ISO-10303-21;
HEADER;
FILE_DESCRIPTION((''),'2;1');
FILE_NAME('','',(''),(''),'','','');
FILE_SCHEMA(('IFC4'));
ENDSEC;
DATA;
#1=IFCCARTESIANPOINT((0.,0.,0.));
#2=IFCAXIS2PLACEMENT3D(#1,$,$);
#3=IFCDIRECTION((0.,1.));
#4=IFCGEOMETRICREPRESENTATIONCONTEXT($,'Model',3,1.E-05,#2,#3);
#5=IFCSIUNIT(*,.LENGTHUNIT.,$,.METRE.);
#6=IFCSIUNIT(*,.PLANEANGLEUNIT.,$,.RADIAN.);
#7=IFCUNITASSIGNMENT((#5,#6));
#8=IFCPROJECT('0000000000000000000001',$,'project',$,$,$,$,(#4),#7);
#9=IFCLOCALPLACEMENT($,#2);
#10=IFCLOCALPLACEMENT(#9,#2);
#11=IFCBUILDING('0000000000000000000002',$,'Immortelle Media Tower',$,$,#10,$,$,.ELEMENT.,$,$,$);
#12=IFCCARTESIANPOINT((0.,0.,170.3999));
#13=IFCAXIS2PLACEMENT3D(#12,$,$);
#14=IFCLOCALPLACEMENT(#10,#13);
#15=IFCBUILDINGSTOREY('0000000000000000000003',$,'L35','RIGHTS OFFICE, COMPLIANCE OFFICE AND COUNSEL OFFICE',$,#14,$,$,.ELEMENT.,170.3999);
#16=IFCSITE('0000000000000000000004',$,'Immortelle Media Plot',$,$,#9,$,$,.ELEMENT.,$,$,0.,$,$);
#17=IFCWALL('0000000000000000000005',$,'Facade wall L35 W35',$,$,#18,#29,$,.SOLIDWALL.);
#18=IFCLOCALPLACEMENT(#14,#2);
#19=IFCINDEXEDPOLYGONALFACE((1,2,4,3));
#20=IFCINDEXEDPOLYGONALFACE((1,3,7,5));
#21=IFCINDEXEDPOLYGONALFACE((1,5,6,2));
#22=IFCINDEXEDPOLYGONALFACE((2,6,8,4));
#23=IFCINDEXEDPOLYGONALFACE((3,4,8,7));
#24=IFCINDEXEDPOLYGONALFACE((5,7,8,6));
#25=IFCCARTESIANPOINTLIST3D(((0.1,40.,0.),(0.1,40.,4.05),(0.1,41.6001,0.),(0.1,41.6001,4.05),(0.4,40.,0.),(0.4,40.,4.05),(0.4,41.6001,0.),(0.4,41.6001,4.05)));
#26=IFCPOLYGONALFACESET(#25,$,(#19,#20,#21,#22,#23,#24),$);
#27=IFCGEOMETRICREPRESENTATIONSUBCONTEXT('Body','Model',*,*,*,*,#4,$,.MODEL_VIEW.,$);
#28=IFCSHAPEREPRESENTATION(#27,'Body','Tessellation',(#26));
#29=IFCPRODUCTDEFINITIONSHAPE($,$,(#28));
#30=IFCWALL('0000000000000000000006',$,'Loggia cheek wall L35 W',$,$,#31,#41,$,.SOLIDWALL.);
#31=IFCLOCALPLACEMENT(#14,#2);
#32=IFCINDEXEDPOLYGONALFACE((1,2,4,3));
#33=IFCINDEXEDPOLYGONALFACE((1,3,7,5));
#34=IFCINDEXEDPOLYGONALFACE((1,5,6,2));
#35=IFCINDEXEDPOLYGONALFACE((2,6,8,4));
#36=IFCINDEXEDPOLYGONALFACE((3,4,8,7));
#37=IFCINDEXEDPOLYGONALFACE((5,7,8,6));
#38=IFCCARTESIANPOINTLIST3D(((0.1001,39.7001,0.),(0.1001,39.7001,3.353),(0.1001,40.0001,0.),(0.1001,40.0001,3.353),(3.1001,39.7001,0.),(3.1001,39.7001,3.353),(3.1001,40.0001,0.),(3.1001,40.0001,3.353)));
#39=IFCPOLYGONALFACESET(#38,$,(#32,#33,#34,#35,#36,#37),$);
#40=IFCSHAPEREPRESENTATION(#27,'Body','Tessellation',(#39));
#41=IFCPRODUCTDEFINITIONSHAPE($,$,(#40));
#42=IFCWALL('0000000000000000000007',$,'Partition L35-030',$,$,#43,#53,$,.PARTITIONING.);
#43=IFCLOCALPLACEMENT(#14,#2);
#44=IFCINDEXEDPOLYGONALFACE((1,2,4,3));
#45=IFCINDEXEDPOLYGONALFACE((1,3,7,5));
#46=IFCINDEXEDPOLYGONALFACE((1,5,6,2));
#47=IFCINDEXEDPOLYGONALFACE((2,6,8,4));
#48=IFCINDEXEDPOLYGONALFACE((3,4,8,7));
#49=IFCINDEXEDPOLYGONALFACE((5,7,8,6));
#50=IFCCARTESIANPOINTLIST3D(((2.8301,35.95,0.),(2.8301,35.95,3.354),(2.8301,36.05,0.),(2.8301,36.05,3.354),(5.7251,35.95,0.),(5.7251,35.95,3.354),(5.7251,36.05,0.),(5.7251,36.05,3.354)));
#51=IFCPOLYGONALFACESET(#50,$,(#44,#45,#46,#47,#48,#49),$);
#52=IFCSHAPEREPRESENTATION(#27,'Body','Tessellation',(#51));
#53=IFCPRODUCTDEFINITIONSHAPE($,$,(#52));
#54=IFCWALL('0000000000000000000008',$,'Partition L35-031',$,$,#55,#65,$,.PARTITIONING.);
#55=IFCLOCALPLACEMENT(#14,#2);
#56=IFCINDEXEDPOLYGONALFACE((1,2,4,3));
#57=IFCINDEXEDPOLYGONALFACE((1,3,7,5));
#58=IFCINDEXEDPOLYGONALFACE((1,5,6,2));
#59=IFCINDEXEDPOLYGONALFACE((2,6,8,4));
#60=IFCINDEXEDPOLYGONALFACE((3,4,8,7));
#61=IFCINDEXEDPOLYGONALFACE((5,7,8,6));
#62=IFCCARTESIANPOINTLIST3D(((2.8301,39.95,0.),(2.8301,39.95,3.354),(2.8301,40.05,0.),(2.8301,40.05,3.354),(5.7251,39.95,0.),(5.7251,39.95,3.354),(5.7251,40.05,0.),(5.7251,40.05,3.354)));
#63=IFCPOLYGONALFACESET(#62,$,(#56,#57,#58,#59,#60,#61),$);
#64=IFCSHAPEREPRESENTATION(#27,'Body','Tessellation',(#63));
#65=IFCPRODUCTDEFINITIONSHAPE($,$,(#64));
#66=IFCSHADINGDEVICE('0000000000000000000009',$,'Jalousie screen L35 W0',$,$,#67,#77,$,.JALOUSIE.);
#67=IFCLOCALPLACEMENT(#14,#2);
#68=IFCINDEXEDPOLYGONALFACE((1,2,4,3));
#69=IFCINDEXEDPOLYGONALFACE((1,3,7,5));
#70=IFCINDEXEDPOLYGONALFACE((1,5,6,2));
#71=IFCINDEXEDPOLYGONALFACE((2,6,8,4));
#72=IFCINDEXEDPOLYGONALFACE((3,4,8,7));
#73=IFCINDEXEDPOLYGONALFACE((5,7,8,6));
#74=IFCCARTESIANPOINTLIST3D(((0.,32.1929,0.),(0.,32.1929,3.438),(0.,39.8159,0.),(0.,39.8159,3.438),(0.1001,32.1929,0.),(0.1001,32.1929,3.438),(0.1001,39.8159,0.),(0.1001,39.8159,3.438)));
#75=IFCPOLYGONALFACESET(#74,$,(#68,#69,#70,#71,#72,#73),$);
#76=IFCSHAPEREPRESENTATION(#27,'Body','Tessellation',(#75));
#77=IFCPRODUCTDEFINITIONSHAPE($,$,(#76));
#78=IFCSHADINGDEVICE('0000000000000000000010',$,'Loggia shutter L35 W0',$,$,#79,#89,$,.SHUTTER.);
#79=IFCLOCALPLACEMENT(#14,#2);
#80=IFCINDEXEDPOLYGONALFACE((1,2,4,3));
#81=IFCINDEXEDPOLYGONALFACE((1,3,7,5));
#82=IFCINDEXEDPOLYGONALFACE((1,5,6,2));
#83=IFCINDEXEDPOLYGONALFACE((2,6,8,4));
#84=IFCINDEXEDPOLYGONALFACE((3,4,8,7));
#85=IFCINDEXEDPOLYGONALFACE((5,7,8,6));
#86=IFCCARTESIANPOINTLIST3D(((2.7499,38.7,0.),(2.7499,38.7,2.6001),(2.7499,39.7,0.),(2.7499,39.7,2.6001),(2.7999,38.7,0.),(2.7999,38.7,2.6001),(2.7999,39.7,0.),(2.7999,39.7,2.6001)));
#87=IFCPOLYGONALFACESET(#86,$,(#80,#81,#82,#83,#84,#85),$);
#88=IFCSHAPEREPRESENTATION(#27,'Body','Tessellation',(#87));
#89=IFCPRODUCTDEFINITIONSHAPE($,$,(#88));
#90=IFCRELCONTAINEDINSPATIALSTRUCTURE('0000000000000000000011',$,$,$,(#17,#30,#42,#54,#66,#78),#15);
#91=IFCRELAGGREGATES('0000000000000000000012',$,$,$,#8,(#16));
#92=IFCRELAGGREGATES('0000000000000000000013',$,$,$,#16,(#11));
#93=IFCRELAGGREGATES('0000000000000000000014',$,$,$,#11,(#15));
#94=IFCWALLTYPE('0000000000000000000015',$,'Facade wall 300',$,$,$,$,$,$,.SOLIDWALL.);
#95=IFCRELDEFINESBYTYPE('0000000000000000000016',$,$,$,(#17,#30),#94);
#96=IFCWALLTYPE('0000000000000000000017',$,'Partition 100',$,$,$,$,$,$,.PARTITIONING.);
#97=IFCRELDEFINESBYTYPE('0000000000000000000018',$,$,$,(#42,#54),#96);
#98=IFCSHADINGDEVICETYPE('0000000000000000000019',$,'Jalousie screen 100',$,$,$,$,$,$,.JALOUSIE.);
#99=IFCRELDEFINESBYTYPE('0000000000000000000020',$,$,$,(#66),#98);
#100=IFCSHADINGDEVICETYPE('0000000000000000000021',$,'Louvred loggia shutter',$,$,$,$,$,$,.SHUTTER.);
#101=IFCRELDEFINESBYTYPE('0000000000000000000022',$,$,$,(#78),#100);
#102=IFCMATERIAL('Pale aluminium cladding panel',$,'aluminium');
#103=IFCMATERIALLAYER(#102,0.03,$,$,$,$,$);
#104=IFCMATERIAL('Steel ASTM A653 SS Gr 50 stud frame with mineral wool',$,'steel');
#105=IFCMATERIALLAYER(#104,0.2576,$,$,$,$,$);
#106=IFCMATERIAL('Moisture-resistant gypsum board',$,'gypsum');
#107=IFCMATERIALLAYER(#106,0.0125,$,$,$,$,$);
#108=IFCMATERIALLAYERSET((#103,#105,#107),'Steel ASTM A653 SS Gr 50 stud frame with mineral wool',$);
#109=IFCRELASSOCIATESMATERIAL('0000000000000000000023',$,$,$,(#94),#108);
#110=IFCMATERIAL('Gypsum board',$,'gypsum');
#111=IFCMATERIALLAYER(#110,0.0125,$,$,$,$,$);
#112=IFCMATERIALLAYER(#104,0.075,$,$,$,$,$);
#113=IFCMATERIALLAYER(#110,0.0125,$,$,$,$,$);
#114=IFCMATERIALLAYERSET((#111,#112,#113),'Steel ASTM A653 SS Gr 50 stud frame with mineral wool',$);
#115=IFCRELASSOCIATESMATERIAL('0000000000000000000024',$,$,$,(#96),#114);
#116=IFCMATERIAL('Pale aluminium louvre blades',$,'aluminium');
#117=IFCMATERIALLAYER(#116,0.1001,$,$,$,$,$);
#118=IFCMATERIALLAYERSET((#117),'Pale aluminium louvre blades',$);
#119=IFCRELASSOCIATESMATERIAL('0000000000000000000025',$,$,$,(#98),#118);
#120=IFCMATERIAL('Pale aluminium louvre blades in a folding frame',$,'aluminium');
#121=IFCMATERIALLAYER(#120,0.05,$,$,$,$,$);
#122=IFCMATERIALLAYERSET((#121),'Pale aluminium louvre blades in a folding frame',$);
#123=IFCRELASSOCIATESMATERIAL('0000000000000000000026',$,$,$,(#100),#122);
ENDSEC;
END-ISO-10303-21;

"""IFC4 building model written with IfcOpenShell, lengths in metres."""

from ifc_helpers import new_model, si_unit, direction, frame, frame_2d, origin, origin_2d, place, context, subcontext, project, spatial, rectangle, extrude, material, layer, layer_set, type_object, element, save


model = new_model("IFC4")

# Units and contexts
model_context = context("Model", 3, precision=1e-05, world=origin(), true_north=direction((0.0, 1.0)))
body_context = subcontext(model_context, "Body", "Model", "MODEL_VIEW")
ifc_project = project(units=[si_unit("LENGTHUNIT", "METRE"), si_unit("PLANEANGLEUNIT", "RADIAN")], contexts=[model_context])

# Site, building, storey
site_placement = place(None, origin())
site = spatial("IfcSite", under=ifc_project, at=site_placement, Name="Immortelle Media Plot", CompositionType="ELEMENT", RefElevation=0.0)
building_placement = place(site_placement, origin())
building = spatial("IfcBuilding", under=site, at=building_placement, Name="Immortelle Media Tower", CompositionType="ELEMENT")
storey_placement = place(building_placement, frame((0.0, 0.0, 170.3999)))
storey = spatial("IfcBuildingStorey", under=building, at=storey_placement, Name="L35", Description="RIGHTS OFFICE, COMPLIANCE OFFICE AND COUNSEL OFFICE", CompositionType="ELEMENT", Elevation=170.3999)

# Shared definitions
ifc_material_1 = material(Name="Steel ASTM A653 SS Gr 50 stud frame with mineral wool", Category="steel")

# Wall
ifc_material_2 = material(Name="Pale aluminium cladding panel", Category="aluminium")
ifc_layer_1 = layer(ifc_material_2, 0.03)
ifc_layer_2 = layer(ifc_material_1, 0.2576)
ifc_material_3 = material(Name="Moisture-resistant gypsum board", Category="gypsum")
ifc_layer_3 = layer(ifc_material_3, 0.0125)
ifc_layer_set_1 = layer_set([ifc_layer_1, ifc_layer_2, ifc_layer_3], Name="Steel ASTM A653 SS Gr 50 stud frame with mineral wool")
wall_type_1 = type_object("IfcWallType", Name="Facade wall 300", PredefinedType="SOLIDWALL", material=ifc_layer_set_1)
wall_1_placement = place(storey_placement, frame((0.25, 41.6001, 0.0), z_axis=(0.0, 0.0, 1.0), x_axis=(0.0, -1.0, 0.0)))
element("IfcWall", 1, at=wall_1_placement, inside=storey, type_object=wall_type_1, Name="Facade wall L35 W35", PredefinedType="SOLIDWALL", context=body_context, shape_type="SweptSolid", body=[
    extrude(rectangle(XDim=1.6001, YDim=0.3, at=frame_2d((0.8, 0.0))), origin(), (0.0, 0.0, 1.0), 4.05),
])

# Walls
wall_2_placement = place(storey_placement, frame((0.1001, 39.8501, 0.0), z_axis=(0.0, 0.0, 1.0), x_axis=(1.0, 0.0, 0.0)))
element("IfcWall", 2, at=wall_2_placement, inside=storey, type_object=wall_type_1, Name="Loggia cheek wall L35 W", PredefinedType="SOLIDWALL", context=body_context, shape_type="SweptSolid", body=[
    extrude(rectangle(XDim=3.0, YDim=0.3, at=frame_2d((1.5, 0.0))), origin(), (0.0, 0.0, 1.0), 3.353),
])
ifc_material_4 = material(Name="Gypsum board", Category="gypsum")
ifc_layer_4 = layer(ifc_material_4, 0.0125)
ifc_layer_5 = layer(ifc_material_1, 0.075)
ifc_layer_6 = layer(ifc_material_4, 0.0125)
ifc_layer_set_2 = layer_set([ifc_layer_4, ifc_layer_5, ifc_layer_6], Name="Steel ASTM A653 SS Gr 50 stud frame with mineral wool")
wall_type_2 = type_object("IfcWallType", Name="Partition 100", PredefinedType="PARTITIONING", material=ifc_layer_set_2)
for number, where, z_axis, x_axis, name in (
    (3, (2.8301, 36.0, 0.0), (0.0, 0.0, 1.0), (1.0, 0.0, 0.0), "Partition L35-030"),
    (4, (2.8301, 40.0, 0.0), (0.0, 0.0, 1.0), (1.0, 0.0, 0.0), "Partition L35-031"),
):
    element("IfcWall", number, at=place(storey_placement, frame(where, z_axis=z_axis, x_axis=x_axis)), inside=storey, type_object=wall_type_2, Name=name, PredefinedType="PARTITIONING", context=body_context, shape_type="SweptSolid", body=[
        extrude(rectangle(XDim=2.895, YDim=0.1001, at=frame_2d((1.4475, 0.0))), origin(), (0.0, 0.0, 1.0), 3.354),
    ])

# Shading devices
ifc_material_5 = material(Name="Pale aluminium louvre blades", Category="aluminium")
ifc_layer_7 = layer(ifc_material_5, 0.1001)
ifc_layer_set_3 = layer_set([ifc_layer_7], Name="Pale aluminium louvre blades")
shading_device_type_1 = type_object("IfcShadingDeviceType", Name="Jalousie screen 100", PredefinedType="JALOUSIE", material=ifc_layer_set_3)
shading_device_1_placement = place(storey_placement, frame((0.05, 36.0044, 0.0), z_axis=(0.0, 0.0, 1.0), x_axis=(0.0, -1.0, 0.0)))
element("IfcShadingDevice", 5, at=shading_device_1_placement, inside=storey, type_object=shading_device_type_1, Name="Jalousie screen L35 W0", PredefinedType="JALOUSIE", context=body_context, shape_type="SweptSolid", body=[
    extrude(rectangle(XDim=7.623, YDim=0.1001, at=origin_2d()), origin(), (0.0, 0.0, 1.0), 3.438),
])
ifc_material_6 = material(Name="Pale aluminium louvre blades in a folding frame", Category="aluminium")
ifc_layer_8 = layer(ifc_material_6, 0.05)
ifc_layer_set_4 = layer_set([ifc_layer_8], Name="Pale aluminium louvre blades in a folding frame")
shading_device_type_2 = type_object("IfcShadingDeviceType", Name="Louvred loggia shutter", PredefinedType="SHUTTER", material=ifc_layer_set_4)
shading_device_2_placement = place(storey_placement, frame((2.7749, 39.2, 0.0), z_axis=(0.0, 0.0, 1.0), x_axis=(0.0, -1.0, 0.0)))
element("IfcShadingDevice", 6, at=shading_device_2_placement, inside=storey, type_object=shading_device_type_2, Name="Loggia shutter L35 W0", PredefinedType="SHUTTER", context=body_context, shape_type="SweptSolid", body=[
    extrude(rectangle(XDim=1.0, YDim=0.05, at=origin_2d()), origin(), (0.0, 0.0, 1.0), 2.6001),
])

save(model, "model.ifc")
